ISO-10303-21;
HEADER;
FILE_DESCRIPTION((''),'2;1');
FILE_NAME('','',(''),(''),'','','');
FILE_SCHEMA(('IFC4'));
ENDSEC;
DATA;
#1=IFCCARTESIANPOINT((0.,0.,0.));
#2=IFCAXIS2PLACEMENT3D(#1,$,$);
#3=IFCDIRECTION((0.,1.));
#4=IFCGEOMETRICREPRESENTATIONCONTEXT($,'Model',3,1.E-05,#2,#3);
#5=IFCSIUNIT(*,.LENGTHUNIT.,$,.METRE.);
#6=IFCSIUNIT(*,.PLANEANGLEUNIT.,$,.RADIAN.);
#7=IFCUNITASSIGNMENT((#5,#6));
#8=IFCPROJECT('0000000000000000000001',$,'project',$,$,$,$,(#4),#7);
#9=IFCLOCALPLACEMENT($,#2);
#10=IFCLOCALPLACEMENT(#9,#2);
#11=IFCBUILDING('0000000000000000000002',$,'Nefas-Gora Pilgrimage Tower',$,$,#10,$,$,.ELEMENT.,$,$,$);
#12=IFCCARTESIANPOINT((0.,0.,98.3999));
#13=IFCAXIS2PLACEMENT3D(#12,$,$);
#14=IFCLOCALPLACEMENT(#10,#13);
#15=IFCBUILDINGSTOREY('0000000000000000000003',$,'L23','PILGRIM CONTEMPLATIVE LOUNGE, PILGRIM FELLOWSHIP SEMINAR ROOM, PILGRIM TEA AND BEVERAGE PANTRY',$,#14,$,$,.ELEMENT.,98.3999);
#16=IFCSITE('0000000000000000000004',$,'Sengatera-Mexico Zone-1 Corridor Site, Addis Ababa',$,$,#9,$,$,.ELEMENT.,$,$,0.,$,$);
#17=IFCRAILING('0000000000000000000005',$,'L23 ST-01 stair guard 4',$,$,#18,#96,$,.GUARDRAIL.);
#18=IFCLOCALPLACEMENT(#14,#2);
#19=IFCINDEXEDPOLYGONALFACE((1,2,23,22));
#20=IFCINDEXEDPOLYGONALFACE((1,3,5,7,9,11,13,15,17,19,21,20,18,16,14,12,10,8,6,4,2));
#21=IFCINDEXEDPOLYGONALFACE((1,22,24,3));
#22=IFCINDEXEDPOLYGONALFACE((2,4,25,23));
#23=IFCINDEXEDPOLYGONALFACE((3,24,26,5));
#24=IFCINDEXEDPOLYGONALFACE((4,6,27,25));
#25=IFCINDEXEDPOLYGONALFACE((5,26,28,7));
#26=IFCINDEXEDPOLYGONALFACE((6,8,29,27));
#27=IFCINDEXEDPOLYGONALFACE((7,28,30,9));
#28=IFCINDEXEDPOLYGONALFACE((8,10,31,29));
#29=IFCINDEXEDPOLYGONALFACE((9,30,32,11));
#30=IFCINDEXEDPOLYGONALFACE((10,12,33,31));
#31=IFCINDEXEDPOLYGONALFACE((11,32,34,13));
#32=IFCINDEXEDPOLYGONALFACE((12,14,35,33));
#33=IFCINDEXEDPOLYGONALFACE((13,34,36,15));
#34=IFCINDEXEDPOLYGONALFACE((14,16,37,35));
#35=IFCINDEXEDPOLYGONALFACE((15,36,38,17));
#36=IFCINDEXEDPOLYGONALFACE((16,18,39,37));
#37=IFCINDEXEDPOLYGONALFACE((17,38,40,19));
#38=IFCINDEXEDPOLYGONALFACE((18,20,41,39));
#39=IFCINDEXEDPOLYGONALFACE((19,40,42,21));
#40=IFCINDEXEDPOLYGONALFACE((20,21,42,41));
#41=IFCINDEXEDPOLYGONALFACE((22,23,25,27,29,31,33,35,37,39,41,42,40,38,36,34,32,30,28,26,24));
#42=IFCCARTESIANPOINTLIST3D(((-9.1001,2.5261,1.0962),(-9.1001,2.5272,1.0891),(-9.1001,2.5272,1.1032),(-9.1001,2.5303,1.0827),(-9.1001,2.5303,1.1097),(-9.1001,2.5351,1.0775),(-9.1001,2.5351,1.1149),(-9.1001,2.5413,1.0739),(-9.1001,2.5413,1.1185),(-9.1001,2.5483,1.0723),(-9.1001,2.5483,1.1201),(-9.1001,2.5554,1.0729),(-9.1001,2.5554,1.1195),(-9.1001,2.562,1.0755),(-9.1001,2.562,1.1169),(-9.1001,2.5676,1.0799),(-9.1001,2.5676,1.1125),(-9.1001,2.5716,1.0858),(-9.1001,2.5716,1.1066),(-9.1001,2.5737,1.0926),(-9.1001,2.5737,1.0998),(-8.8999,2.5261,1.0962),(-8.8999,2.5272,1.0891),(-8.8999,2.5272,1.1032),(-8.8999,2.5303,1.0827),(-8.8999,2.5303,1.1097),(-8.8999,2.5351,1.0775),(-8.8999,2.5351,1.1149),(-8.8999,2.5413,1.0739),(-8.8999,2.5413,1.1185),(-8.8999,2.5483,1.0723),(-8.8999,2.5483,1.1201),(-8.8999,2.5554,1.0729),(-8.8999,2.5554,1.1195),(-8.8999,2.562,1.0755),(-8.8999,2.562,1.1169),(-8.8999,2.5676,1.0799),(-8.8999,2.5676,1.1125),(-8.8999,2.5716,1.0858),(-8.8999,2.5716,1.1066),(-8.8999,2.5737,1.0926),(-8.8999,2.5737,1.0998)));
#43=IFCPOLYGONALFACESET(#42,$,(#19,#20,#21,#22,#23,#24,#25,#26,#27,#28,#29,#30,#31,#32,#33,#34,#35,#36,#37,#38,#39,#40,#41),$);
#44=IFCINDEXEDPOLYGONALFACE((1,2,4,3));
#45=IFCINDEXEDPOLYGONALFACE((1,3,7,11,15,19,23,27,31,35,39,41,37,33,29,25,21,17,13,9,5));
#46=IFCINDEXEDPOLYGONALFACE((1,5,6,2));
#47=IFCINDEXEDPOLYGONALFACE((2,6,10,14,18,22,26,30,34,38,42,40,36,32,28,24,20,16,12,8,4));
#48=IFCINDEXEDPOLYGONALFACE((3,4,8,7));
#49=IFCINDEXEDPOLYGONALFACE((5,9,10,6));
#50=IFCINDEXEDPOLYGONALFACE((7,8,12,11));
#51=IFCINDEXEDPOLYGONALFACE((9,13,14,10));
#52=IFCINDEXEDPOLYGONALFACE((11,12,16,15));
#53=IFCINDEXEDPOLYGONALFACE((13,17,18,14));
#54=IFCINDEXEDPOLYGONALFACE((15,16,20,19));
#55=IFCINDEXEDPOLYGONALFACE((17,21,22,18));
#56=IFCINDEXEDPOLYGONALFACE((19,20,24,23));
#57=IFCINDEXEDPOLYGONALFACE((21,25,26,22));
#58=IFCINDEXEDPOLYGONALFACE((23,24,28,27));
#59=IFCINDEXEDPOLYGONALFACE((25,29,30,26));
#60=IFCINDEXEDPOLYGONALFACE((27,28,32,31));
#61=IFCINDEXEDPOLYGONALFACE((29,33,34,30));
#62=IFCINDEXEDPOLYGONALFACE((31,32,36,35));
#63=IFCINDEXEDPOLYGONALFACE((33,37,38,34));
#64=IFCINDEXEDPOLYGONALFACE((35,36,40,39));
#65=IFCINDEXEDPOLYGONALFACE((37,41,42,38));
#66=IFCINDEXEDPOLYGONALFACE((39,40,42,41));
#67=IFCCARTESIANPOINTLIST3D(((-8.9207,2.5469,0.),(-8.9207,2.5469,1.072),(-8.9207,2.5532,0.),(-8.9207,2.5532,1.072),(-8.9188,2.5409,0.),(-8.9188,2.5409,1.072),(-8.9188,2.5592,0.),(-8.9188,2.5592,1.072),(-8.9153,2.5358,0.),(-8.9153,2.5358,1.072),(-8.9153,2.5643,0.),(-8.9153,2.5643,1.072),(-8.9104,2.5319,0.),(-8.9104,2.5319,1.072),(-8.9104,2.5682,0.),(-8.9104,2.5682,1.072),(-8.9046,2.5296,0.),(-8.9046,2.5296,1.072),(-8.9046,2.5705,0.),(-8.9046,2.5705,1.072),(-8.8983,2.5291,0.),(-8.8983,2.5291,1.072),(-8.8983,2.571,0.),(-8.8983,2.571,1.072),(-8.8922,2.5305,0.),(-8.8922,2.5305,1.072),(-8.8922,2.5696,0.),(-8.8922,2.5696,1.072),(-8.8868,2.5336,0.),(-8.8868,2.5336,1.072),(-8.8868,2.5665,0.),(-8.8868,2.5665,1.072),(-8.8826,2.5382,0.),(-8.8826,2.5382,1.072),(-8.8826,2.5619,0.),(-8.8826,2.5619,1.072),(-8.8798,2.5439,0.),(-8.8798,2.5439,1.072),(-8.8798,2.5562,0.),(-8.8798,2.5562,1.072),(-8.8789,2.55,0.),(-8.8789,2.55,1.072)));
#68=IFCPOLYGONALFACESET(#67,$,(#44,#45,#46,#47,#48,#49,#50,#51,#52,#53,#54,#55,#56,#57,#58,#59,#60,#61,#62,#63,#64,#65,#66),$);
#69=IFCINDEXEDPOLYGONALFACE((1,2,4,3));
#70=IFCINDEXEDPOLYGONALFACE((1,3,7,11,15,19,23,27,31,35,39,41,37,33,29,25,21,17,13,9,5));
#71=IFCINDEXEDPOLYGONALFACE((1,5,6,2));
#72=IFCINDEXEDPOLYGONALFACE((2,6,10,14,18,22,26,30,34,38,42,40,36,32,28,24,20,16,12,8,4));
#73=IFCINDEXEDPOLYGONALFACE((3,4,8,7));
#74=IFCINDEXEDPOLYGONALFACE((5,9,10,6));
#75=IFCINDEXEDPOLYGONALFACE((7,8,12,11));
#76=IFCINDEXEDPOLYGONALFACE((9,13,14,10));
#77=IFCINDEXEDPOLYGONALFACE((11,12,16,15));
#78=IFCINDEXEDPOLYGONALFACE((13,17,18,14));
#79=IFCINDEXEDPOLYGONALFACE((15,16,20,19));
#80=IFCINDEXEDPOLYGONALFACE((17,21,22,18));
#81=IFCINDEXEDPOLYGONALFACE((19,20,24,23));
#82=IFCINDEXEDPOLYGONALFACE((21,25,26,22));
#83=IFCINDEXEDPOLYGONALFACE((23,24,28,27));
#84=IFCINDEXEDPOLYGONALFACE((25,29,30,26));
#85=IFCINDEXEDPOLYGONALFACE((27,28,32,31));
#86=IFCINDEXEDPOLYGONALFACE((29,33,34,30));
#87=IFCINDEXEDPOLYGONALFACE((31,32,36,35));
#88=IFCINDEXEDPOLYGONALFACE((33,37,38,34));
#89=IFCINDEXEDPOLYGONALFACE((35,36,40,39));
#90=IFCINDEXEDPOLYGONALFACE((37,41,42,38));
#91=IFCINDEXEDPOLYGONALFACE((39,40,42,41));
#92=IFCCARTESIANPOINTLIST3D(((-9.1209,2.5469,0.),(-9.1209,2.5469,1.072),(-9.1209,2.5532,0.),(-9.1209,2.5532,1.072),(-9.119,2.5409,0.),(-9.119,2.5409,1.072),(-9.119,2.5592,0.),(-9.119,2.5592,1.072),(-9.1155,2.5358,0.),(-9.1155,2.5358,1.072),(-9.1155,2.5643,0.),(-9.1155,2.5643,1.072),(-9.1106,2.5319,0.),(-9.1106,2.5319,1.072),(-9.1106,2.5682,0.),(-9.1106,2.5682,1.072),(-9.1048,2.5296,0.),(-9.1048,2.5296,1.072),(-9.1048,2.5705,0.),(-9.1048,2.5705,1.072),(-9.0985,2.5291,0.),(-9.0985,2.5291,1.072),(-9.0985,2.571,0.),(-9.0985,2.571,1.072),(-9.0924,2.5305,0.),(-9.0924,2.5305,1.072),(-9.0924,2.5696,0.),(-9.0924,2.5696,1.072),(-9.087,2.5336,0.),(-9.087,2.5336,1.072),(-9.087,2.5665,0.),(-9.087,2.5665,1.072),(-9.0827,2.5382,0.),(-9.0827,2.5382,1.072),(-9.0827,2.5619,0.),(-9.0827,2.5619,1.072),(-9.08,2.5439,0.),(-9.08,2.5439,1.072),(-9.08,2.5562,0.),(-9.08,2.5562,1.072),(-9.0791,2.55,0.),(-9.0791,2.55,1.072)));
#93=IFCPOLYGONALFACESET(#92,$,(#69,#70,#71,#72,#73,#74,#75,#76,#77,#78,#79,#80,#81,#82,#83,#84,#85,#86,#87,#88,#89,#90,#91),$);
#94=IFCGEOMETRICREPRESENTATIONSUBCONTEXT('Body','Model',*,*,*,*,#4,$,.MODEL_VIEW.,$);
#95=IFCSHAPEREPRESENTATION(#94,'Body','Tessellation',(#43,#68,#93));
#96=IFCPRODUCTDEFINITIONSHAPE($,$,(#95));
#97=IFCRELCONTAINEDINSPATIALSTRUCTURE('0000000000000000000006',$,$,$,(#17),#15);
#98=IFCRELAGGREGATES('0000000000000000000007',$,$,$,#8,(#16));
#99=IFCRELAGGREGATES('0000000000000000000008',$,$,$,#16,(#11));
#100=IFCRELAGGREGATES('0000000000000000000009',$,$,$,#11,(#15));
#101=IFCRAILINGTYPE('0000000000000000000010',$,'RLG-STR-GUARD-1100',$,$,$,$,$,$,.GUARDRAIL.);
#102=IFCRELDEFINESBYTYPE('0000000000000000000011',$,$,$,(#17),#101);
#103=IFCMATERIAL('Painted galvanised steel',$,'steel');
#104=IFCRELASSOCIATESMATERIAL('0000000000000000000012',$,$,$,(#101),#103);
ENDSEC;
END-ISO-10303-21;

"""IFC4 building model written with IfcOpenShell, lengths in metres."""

from ifc_helpers import new_model, si_unit, direction, frame, origin, origin_2d, place, context, subcontext, project, spatial, circle, extrude, material, type_object, element, save


model = new_model("IFC4")

# Units and contexts
model_context = context("Model", 3, precision=1e-05, world=origin(), true_north=direction((0.0, 1.0)))
body_context = subcontext(model_context, "Body", "Model", "MODEL_VIEW")
ifc_project = project(units=[si_unit("LENGTHUNIT", "METRE"), si_unit("PLANEANGLEUNIT", "RADIAN")], contexts=[model_context])

# Site, building, storey
site_placement = place(None, origin())
site = spatial("IfcSite", under=ifc_project, at=site_placement, Name="Sengatera-Mexico Zone-1 Corridor Site, Addis Ababa", CompositionType="ELEMENT", RefElevation=0.0)
building_placement = place(site_placement, origin())
building = spatial("IfcBuilding", under=site, at=building_placement, Name="Nefas-Gora Pilgrimage Tower", CompositionType="ELEMENT")
storey_placement = place(building_placement, frame((0.0, 0.0, 98.3999)))
storey = spatial("IfcBuildingStorey", under=building, at=storey_placement, Name="L23", Description="PILGRIM CONTEMPLATIVE LOUNGE, PILGRIM FELLOWSHIP SEMINAR ROOM, PILGRIM TEA AND BEVERAGE PANTRY", CompositionType="ELEMENT", Elevation=98.3999)

# Railing
ifc_material_1 = material(Name="Painted galvanised steel", Category="steel")
railing_type_1 = type_object("IfcRailingType", Name="RLG-STR-GUARD-1100", PredefinedType="GUARDRAIL", material=ifc_material_1)
railing_1_placement = place(storey_placement, frame((-8.8999, 2.55, 0.0)))
element("IfcRailing", 1, at=railing_1_placement, inside=storey, type_object=railing_type_1, Name="L23 ST-01 stair guard 4", PredefinedType="GUARDRAIL", context=body_context, shape_type="SweptSolid", body=[
    extrude(circle(Radius=0.0239, at=origin_2d()), frame((0.0, 0.0, 1.0962), z_axis=(-1.0, 0.0, 0.0), x_axis=(0.0, -1.0, 0.0)), (0.0, 0.0, 1.0), 0.2002),
    extrude(circle(Radius=0.021, at=origin_2d()), origin(), (0.0, 0.0, 1.0), 1.072),
    extrude(circle(Radius=0.021, at=origin_2d()), frame((-0.2002, 0.0, 0.0)), (0.0, 0.0, 1.0), 1.072),
])

save(model, "model.ifc")
